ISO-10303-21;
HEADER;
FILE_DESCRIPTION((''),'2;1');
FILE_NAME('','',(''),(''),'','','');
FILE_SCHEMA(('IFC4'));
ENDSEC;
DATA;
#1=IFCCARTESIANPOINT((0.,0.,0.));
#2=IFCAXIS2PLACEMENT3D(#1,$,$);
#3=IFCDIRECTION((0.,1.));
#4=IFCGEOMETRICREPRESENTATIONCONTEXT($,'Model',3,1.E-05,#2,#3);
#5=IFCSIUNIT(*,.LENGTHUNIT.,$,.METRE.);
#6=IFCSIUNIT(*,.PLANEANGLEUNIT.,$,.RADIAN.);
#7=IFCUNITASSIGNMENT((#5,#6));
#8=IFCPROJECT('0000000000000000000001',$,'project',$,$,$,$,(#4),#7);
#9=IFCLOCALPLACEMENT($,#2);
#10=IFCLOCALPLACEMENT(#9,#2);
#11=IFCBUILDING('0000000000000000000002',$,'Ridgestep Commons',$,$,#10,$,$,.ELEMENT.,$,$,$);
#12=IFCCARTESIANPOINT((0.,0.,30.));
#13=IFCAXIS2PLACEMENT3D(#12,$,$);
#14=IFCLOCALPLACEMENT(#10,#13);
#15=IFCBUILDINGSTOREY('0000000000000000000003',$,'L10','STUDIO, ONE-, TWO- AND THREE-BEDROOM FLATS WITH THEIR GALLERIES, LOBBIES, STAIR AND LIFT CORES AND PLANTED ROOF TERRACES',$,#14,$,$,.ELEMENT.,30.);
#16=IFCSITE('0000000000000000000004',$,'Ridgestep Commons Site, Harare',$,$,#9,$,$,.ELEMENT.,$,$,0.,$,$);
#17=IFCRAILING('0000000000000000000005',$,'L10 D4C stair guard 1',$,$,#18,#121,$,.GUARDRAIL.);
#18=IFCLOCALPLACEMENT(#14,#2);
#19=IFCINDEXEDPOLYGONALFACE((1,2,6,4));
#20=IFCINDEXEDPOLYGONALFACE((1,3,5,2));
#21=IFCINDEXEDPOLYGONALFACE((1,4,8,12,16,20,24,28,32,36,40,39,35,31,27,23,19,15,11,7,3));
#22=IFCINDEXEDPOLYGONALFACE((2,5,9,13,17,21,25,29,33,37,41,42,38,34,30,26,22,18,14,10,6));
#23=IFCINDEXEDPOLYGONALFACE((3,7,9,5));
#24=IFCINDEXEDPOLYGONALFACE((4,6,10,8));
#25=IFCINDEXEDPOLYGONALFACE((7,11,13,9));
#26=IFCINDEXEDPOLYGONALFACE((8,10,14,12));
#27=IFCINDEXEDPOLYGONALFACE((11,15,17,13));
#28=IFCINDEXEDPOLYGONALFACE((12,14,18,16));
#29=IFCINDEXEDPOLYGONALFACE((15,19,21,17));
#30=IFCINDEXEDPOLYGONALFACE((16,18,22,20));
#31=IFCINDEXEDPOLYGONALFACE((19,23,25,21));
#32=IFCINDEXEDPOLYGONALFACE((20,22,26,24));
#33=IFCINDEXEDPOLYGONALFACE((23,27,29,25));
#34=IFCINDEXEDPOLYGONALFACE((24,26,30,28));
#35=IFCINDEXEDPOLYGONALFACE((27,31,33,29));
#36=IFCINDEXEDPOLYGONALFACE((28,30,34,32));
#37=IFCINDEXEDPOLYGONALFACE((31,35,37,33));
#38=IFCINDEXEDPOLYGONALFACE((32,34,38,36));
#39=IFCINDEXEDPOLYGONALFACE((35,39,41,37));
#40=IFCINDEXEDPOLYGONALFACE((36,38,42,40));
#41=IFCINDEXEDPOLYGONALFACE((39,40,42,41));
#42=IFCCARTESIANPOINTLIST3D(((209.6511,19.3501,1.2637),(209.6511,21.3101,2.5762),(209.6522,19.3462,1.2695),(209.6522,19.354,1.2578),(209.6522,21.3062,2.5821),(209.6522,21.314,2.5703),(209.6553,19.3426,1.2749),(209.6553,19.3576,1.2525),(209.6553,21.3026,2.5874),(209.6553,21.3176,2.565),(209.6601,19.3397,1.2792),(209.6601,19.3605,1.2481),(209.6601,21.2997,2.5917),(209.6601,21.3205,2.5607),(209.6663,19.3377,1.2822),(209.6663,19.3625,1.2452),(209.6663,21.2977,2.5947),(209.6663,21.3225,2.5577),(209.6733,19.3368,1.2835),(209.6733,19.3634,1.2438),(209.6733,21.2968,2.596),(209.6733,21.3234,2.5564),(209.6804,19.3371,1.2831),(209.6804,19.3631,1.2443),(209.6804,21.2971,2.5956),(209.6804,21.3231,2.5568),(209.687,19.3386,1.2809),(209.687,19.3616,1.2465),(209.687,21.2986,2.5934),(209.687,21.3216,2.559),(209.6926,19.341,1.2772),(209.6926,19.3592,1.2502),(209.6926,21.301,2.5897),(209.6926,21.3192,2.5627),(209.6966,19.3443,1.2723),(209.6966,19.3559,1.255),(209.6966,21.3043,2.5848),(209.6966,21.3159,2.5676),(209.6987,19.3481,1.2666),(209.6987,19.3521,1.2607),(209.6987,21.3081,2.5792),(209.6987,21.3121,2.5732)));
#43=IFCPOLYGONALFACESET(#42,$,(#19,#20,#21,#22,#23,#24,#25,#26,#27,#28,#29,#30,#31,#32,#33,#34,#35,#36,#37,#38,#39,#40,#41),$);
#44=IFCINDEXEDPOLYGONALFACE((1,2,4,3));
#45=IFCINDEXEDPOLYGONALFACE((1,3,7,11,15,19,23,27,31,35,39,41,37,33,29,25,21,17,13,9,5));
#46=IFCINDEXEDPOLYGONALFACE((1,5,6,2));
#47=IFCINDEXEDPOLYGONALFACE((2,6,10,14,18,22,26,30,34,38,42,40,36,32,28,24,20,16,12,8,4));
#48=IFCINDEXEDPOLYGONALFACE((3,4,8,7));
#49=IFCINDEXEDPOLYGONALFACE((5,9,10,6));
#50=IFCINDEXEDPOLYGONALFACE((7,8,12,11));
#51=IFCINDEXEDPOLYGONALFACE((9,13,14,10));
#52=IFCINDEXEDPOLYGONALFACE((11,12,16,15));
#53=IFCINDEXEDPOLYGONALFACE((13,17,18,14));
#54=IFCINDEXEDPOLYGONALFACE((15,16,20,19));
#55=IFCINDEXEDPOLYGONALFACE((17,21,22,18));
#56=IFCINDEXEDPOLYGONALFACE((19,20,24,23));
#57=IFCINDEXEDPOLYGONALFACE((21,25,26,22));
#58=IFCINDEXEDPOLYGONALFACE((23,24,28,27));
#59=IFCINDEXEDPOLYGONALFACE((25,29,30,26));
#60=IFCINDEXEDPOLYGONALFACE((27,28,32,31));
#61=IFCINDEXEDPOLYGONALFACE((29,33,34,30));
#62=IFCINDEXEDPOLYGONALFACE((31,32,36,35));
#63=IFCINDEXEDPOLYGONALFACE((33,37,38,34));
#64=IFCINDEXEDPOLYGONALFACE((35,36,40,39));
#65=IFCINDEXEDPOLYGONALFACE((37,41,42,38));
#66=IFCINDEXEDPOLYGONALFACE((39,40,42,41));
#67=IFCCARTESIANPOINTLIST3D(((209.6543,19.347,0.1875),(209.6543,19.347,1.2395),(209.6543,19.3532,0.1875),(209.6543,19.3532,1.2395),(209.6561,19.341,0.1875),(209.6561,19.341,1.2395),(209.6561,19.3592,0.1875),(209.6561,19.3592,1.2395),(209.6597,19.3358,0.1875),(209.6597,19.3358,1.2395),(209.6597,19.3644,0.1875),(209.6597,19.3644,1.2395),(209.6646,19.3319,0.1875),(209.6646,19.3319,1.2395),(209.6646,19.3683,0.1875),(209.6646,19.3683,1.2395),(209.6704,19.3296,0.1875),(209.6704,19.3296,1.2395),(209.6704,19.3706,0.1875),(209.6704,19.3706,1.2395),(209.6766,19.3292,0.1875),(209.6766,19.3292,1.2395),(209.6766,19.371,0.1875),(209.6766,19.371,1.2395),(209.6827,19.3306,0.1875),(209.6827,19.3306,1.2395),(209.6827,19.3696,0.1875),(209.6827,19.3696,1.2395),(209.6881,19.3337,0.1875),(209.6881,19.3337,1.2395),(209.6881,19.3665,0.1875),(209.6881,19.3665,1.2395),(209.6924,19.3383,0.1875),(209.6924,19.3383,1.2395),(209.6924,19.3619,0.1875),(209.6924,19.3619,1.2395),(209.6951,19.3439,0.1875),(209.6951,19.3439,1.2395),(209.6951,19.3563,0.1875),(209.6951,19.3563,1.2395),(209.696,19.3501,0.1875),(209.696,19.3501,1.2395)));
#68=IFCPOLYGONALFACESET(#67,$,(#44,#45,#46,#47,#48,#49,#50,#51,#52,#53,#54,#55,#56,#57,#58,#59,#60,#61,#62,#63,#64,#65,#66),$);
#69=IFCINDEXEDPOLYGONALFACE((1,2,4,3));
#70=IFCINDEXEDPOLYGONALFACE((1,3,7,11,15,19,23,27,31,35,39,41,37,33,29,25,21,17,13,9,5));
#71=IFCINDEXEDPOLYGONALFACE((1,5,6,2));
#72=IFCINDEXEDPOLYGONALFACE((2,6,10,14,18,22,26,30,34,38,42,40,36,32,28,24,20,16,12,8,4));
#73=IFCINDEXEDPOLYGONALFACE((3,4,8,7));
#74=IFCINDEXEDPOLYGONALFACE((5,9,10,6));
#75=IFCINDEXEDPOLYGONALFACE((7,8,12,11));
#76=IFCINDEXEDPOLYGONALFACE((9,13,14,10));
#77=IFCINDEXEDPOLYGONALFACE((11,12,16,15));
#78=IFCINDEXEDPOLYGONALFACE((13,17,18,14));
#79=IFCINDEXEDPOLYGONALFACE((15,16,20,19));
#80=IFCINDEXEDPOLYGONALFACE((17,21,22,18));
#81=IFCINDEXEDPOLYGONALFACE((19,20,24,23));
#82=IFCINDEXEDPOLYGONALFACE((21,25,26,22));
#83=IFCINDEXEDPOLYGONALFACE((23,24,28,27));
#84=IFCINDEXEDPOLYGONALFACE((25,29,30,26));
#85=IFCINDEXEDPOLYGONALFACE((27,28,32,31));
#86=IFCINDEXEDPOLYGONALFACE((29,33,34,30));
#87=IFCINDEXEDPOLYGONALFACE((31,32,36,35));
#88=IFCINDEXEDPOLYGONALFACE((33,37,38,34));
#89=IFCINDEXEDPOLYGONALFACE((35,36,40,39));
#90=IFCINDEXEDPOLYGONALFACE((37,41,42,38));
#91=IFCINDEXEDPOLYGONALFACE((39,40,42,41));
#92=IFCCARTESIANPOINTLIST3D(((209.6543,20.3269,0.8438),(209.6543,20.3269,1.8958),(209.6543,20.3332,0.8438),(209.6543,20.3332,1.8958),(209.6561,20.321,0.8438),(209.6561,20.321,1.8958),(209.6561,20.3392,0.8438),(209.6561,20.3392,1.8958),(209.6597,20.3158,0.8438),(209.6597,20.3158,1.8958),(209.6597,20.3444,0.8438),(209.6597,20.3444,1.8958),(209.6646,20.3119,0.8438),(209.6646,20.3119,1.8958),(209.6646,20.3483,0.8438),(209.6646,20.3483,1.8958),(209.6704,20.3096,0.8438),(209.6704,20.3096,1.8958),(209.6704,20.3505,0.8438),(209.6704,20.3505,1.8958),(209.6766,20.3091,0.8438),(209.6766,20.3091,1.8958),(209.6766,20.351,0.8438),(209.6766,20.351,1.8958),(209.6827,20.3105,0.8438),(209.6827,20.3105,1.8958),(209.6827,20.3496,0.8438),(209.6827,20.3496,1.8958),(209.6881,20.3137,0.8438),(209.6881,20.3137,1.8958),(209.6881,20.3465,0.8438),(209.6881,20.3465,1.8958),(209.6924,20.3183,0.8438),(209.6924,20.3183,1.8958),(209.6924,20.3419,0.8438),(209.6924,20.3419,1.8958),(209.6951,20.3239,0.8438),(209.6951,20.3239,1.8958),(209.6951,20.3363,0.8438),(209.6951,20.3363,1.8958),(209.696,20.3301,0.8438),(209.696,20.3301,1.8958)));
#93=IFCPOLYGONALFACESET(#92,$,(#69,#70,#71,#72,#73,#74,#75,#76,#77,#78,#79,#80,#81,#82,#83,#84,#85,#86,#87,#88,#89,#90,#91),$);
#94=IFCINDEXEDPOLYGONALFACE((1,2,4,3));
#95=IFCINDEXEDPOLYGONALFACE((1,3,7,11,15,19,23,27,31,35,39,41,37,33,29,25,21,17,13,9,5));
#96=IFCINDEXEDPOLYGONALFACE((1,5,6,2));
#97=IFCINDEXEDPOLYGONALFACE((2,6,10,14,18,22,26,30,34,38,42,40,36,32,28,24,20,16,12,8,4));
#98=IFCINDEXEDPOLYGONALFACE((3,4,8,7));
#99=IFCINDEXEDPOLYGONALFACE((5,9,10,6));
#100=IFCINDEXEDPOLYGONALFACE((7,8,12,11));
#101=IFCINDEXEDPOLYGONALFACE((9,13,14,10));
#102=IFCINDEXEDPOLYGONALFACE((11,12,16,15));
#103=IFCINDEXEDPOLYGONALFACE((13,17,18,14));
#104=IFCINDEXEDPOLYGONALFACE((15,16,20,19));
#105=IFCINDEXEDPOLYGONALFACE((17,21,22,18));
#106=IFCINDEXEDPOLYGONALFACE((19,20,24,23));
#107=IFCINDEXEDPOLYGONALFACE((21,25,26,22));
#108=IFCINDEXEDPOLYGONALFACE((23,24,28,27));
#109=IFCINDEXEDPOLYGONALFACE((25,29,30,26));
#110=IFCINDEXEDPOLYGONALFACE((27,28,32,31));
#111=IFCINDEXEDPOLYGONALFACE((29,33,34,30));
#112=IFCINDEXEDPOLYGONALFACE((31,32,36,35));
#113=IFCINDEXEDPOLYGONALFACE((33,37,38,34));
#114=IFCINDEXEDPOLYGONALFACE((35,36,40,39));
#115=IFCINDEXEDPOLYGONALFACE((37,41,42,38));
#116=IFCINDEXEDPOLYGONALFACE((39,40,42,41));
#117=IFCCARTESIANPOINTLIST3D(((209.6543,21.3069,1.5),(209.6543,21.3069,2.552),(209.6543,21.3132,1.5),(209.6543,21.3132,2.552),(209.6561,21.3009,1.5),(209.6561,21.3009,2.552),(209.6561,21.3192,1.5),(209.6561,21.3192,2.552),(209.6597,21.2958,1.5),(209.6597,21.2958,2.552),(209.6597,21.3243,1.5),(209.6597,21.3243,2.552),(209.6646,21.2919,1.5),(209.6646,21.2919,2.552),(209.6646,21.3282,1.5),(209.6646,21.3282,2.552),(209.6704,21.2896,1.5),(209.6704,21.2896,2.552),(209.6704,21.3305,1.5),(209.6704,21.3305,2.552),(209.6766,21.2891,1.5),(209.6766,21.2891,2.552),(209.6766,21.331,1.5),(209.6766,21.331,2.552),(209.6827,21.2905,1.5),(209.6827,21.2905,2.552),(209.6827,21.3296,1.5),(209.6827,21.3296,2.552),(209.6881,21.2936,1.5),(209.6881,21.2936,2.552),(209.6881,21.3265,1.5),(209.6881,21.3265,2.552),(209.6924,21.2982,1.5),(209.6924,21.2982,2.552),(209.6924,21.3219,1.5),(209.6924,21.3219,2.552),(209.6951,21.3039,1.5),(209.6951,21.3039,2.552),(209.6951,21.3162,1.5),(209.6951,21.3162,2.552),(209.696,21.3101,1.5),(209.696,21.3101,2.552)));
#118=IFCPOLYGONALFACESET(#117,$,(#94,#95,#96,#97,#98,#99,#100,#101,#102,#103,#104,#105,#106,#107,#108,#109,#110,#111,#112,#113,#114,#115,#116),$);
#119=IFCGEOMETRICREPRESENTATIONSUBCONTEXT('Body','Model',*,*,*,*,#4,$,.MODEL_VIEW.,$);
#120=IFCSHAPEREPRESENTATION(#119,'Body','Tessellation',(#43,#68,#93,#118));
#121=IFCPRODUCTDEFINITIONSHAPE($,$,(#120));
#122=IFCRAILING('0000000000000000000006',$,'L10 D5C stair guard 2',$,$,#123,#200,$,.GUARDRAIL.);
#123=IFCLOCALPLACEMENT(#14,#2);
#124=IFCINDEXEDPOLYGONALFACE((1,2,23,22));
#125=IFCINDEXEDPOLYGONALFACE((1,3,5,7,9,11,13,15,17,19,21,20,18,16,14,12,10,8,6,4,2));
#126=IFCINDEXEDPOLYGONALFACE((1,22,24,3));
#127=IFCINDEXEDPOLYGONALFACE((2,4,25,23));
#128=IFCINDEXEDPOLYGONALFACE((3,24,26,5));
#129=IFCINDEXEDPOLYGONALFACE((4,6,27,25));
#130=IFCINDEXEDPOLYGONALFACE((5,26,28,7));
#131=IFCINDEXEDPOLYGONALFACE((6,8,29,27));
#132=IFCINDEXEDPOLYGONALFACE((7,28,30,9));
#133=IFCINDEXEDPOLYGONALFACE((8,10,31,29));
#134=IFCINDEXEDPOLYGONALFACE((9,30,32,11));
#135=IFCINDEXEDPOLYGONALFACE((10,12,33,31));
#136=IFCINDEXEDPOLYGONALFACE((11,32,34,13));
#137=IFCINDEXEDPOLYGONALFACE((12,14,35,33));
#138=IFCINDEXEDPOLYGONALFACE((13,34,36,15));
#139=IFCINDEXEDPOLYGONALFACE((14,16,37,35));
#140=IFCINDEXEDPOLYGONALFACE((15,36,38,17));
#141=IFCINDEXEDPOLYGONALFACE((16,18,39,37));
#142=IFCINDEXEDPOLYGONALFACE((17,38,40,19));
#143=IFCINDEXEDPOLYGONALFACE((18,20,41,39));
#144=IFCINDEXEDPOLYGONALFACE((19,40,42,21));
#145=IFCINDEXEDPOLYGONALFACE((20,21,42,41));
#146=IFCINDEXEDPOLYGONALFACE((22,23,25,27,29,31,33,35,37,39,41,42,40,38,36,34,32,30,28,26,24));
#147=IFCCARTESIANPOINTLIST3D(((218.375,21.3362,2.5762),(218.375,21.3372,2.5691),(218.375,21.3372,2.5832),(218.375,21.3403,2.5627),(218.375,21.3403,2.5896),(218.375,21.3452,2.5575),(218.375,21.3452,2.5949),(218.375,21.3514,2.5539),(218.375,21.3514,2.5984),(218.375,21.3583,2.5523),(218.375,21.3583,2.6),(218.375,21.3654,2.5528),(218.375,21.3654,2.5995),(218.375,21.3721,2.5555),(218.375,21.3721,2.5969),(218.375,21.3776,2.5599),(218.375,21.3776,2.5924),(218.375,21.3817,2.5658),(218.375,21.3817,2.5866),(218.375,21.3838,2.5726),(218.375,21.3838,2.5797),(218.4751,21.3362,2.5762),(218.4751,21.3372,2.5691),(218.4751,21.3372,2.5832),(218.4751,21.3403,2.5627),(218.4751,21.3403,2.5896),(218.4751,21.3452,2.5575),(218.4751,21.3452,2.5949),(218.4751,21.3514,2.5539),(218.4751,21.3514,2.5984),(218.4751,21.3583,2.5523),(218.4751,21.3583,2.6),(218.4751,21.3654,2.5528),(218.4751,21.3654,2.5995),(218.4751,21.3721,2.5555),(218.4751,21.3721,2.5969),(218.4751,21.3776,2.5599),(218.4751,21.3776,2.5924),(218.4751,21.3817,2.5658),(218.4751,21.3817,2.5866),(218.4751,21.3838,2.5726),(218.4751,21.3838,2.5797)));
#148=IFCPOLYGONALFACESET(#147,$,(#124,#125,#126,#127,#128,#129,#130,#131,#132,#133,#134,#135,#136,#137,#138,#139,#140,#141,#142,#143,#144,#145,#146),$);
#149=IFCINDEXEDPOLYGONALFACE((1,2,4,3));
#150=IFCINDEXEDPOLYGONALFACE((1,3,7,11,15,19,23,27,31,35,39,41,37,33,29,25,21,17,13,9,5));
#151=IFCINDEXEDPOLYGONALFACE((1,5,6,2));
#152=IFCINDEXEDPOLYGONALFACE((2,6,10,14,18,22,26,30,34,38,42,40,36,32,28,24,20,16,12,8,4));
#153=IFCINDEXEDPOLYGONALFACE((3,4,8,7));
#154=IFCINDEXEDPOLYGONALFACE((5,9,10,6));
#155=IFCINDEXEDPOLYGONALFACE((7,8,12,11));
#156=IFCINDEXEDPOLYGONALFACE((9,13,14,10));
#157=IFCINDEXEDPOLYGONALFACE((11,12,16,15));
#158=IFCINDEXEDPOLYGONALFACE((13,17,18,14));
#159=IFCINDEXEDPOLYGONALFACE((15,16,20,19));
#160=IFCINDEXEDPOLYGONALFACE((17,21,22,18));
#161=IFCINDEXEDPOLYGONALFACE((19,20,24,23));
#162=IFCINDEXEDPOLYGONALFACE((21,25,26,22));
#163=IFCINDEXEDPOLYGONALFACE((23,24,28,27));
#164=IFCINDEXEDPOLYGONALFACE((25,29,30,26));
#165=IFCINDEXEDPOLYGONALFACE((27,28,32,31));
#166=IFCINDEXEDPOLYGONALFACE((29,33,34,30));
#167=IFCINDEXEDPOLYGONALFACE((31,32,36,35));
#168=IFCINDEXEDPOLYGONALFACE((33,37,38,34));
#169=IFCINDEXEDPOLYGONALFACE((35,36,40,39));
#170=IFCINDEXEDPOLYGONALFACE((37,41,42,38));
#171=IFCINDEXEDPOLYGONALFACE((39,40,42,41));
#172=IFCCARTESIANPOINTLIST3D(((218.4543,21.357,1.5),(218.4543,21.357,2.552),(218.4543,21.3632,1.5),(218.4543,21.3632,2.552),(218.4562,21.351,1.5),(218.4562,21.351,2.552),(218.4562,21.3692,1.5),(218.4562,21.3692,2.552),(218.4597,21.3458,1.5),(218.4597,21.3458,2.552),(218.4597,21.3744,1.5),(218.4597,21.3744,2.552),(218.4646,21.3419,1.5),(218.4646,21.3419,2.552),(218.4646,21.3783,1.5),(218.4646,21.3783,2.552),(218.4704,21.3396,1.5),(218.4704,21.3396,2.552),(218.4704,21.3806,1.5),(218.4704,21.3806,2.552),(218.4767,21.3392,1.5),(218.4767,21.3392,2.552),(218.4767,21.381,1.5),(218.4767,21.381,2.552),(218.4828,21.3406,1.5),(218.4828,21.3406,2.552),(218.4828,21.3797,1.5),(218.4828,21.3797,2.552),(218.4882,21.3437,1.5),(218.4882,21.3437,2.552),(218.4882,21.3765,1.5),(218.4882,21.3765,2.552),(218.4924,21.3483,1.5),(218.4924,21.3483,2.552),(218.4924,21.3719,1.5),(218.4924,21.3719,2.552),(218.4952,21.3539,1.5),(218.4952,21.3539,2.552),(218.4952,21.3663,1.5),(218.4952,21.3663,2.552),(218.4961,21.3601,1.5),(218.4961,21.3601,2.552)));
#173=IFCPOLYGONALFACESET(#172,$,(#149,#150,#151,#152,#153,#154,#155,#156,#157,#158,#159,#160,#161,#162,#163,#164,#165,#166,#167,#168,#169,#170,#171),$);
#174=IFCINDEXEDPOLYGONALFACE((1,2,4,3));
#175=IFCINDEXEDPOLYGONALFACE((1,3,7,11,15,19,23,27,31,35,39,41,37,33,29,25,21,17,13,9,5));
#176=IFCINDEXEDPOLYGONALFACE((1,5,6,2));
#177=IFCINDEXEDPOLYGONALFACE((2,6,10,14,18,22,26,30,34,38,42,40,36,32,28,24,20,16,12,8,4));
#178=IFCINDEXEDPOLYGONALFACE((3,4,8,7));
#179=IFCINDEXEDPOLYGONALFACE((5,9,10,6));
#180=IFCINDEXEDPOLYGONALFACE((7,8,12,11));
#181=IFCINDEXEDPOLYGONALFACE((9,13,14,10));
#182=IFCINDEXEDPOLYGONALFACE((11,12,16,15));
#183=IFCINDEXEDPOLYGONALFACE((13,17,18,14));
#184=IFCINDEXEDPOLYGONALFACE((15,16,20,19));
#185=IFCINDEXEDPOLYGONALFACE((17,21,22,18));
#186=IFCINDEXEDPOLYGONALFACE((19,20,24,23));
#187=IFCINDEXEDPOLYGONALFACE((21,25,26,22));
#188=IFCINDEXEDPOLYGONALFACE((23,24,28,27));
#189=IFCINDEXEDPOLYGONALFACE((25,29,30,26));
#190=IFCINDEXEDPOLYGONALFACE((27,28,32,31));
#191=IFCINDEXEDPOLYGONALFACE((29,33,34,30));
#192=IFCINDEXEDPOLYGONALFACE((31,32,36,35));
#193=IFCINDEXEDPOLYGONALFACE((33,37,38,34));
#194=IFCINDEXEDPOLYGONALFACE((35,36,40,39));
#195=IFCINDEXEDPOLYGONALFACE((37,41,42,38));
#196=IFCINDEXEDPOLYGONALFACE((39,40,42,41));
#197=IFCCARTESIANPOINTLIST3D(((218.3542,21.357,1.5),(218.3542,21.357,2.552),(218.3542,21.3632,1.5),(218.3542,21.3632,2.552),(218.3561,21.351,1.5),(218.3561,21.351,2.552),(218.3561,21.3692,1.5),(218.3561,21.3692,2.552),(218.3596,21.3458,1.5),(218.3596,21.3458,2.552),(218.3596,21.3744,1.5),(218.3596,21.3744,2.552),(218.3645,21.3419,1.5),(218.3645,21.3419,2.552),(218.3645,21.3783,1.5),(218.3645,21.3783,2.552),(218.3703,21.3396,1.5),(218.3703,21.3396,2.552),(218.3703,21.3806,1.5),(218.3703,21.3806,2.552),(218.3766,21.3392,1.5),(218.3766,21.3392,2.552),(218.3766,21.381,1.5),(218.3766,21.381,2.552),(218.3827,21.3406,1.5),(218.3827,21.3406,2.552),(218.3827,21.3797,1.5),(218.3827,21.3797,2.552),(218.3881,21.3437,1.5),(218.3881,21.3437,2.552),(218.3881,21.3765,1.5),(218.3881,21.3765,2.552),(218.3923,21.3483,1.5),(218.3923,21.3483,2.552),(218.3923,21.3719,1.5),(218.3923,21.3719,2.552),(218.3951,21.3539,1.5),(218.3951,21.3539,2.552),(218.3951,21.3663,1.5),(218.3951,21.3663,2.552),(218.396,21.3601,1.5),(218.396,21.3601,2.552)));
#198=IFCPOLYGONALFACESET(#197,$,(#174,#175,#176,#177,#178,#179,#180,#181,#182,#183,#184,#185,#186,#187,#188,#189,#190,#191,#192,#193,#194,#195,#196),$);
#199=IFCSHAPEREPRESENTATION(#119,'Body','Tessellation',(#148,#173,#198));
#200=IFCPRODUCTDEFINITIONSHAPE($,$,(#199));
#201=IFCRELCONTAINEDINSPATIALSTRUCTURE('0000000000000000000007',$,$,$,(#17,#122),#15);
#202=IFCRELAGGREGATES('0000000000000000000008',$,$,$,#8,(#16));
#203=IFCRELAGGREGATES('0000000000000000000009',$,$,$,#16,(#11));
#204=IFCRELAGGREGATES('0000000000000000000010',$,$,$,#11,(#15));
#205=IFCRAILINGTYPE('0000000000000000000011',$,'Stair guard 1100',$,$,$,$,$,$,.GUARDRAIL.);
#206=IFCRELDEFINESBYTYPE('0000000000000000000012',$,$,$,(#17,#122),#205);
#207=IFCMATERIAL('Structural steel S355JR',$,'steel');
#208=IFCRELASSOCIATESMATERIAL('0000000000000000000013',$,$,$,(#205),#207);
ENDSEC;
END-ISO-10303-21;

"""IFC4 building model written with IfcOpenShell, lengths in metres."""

from ifc_helpers import new_model, si_unit, direction, frame, origin, origin_2d, place, context, subcontext, project, spatial, circle, extrude, material, type_object, element, save


model = new_model("IFC4")

# Units and contexts
model_context = context("Model", 3, precision=1e-05, world=origin(), true_north=direction((0.0, 1.0)))
body_context = subcontext(model_context, "Body", "Model", "MODEL_VIEW")
ifc_project = project(units=[si_unit("LENGTHUNIT", "METRE"), si_unit("PLANEANGLEUNIT", "RADIAN")], contexts=[model_context])

# Site, building, storey
site_placement = place(None, origin())
site = spatial("IfcSite", under=ifc_project, at=site_placement, Name="Ridgestep Commons Site, Harare", CompositionType="ELEMENT", RefElevation=0.0)
building_placement = place(site_placement, origin())
building = spatial("IfcBuilding", under=site, at=building_placement, Name="Ridgestep Commons", CompositionType="ELEMENT")
storey_placement = place(building_placement, frame((0.0, 0.0, 30.0)))
storey = spatial("IfcBuildingStorey", under=building, at=storey_placement, Name="L10", Description="STUDIO, ONE-, TWO- AND THREE-BEDROOM FLATS WITH THEIR GALLERIES, LOBBIES, STAIR AND LIFT CORES AND PLANTED ROOF TERRACES", CompositionType="ELEMENT", Elevation=30.0)

# Railings
ifc_material_1 = material(Name="Structural steel S355JR", Category="steel")
railing_type_1 = type_object("IfcRailingType", Name="Stair guard 1100", PredefinedType="GUARDRAIL", material=ifc_material_1)
railing_1_placement = place(storey_placement, frame((209.675, 19.3501, 0.1875)))
element("IfcRailing", 1, at=railing_1_placement, inside=storey, type_object=railing_type_1, Name="L10 D4C stair guard 1", PredefinedType="GUARDRAIL", context=body_context, shape_type="SweptSolid", body=[
    extrude(circle(Radius=0.0239, at=origin_2d()), frame((0.0, 0.0, 1.0762), z_axis=(0.0, 0.830902, 0.556419), x_axis=(-1.0, 0.0, 0.0)), (0.0, 0.0, 1.0), 2.3589),
    extrude(circle(Radius=0.021, at=origin_2d()), origin(), (0.0, 0.0, 1.0), 1.052),
    extrude(circle(Radius=0.021, at=origin_2d()), frame((0.0, 0.98, 0.6562)), (0.0, 0.0, 1.0), 1.052),
    extrude(circle(Radius=0.021, at=origin_2d()), frame((0.0, 1.96, 1.3125)), (0.0, 0.0, 1.0), 1.052),
])
railing_2_placement = place(storey_placement, frame((218.4751, 21.3601, 1.5)))
element("IfcRailing", 2, at=railing_2_placement, inside=storey, type_object=railing_type_1, Name="L10 D5C stair guard 2", PredefinedType="GUARDRAIL", context=body_context, shape_type="SweptSolid", body=[
    extrude(circle(Radius=0.0239, at=origin_2d()), frame((0.0, 0.0, 1.0762), z_axis=(-1.0, 0.0, 0.0), x_axis=(0.0, -1.0, 0.0)), (0.0, 0.0, 1.0), 0.1001),
    extrude(circle(Radius=0.021, at=origin_2d()), origin(), (0.0, 0.0, 1.0), 1.052),
    extrude(circle(Radius=0.021, at=origin_2d()), frame((-0.1001, 0.0, 0.0)), (0.0, 0.0, 1.0), 1.052),
])

save(model, "model.ifc")
